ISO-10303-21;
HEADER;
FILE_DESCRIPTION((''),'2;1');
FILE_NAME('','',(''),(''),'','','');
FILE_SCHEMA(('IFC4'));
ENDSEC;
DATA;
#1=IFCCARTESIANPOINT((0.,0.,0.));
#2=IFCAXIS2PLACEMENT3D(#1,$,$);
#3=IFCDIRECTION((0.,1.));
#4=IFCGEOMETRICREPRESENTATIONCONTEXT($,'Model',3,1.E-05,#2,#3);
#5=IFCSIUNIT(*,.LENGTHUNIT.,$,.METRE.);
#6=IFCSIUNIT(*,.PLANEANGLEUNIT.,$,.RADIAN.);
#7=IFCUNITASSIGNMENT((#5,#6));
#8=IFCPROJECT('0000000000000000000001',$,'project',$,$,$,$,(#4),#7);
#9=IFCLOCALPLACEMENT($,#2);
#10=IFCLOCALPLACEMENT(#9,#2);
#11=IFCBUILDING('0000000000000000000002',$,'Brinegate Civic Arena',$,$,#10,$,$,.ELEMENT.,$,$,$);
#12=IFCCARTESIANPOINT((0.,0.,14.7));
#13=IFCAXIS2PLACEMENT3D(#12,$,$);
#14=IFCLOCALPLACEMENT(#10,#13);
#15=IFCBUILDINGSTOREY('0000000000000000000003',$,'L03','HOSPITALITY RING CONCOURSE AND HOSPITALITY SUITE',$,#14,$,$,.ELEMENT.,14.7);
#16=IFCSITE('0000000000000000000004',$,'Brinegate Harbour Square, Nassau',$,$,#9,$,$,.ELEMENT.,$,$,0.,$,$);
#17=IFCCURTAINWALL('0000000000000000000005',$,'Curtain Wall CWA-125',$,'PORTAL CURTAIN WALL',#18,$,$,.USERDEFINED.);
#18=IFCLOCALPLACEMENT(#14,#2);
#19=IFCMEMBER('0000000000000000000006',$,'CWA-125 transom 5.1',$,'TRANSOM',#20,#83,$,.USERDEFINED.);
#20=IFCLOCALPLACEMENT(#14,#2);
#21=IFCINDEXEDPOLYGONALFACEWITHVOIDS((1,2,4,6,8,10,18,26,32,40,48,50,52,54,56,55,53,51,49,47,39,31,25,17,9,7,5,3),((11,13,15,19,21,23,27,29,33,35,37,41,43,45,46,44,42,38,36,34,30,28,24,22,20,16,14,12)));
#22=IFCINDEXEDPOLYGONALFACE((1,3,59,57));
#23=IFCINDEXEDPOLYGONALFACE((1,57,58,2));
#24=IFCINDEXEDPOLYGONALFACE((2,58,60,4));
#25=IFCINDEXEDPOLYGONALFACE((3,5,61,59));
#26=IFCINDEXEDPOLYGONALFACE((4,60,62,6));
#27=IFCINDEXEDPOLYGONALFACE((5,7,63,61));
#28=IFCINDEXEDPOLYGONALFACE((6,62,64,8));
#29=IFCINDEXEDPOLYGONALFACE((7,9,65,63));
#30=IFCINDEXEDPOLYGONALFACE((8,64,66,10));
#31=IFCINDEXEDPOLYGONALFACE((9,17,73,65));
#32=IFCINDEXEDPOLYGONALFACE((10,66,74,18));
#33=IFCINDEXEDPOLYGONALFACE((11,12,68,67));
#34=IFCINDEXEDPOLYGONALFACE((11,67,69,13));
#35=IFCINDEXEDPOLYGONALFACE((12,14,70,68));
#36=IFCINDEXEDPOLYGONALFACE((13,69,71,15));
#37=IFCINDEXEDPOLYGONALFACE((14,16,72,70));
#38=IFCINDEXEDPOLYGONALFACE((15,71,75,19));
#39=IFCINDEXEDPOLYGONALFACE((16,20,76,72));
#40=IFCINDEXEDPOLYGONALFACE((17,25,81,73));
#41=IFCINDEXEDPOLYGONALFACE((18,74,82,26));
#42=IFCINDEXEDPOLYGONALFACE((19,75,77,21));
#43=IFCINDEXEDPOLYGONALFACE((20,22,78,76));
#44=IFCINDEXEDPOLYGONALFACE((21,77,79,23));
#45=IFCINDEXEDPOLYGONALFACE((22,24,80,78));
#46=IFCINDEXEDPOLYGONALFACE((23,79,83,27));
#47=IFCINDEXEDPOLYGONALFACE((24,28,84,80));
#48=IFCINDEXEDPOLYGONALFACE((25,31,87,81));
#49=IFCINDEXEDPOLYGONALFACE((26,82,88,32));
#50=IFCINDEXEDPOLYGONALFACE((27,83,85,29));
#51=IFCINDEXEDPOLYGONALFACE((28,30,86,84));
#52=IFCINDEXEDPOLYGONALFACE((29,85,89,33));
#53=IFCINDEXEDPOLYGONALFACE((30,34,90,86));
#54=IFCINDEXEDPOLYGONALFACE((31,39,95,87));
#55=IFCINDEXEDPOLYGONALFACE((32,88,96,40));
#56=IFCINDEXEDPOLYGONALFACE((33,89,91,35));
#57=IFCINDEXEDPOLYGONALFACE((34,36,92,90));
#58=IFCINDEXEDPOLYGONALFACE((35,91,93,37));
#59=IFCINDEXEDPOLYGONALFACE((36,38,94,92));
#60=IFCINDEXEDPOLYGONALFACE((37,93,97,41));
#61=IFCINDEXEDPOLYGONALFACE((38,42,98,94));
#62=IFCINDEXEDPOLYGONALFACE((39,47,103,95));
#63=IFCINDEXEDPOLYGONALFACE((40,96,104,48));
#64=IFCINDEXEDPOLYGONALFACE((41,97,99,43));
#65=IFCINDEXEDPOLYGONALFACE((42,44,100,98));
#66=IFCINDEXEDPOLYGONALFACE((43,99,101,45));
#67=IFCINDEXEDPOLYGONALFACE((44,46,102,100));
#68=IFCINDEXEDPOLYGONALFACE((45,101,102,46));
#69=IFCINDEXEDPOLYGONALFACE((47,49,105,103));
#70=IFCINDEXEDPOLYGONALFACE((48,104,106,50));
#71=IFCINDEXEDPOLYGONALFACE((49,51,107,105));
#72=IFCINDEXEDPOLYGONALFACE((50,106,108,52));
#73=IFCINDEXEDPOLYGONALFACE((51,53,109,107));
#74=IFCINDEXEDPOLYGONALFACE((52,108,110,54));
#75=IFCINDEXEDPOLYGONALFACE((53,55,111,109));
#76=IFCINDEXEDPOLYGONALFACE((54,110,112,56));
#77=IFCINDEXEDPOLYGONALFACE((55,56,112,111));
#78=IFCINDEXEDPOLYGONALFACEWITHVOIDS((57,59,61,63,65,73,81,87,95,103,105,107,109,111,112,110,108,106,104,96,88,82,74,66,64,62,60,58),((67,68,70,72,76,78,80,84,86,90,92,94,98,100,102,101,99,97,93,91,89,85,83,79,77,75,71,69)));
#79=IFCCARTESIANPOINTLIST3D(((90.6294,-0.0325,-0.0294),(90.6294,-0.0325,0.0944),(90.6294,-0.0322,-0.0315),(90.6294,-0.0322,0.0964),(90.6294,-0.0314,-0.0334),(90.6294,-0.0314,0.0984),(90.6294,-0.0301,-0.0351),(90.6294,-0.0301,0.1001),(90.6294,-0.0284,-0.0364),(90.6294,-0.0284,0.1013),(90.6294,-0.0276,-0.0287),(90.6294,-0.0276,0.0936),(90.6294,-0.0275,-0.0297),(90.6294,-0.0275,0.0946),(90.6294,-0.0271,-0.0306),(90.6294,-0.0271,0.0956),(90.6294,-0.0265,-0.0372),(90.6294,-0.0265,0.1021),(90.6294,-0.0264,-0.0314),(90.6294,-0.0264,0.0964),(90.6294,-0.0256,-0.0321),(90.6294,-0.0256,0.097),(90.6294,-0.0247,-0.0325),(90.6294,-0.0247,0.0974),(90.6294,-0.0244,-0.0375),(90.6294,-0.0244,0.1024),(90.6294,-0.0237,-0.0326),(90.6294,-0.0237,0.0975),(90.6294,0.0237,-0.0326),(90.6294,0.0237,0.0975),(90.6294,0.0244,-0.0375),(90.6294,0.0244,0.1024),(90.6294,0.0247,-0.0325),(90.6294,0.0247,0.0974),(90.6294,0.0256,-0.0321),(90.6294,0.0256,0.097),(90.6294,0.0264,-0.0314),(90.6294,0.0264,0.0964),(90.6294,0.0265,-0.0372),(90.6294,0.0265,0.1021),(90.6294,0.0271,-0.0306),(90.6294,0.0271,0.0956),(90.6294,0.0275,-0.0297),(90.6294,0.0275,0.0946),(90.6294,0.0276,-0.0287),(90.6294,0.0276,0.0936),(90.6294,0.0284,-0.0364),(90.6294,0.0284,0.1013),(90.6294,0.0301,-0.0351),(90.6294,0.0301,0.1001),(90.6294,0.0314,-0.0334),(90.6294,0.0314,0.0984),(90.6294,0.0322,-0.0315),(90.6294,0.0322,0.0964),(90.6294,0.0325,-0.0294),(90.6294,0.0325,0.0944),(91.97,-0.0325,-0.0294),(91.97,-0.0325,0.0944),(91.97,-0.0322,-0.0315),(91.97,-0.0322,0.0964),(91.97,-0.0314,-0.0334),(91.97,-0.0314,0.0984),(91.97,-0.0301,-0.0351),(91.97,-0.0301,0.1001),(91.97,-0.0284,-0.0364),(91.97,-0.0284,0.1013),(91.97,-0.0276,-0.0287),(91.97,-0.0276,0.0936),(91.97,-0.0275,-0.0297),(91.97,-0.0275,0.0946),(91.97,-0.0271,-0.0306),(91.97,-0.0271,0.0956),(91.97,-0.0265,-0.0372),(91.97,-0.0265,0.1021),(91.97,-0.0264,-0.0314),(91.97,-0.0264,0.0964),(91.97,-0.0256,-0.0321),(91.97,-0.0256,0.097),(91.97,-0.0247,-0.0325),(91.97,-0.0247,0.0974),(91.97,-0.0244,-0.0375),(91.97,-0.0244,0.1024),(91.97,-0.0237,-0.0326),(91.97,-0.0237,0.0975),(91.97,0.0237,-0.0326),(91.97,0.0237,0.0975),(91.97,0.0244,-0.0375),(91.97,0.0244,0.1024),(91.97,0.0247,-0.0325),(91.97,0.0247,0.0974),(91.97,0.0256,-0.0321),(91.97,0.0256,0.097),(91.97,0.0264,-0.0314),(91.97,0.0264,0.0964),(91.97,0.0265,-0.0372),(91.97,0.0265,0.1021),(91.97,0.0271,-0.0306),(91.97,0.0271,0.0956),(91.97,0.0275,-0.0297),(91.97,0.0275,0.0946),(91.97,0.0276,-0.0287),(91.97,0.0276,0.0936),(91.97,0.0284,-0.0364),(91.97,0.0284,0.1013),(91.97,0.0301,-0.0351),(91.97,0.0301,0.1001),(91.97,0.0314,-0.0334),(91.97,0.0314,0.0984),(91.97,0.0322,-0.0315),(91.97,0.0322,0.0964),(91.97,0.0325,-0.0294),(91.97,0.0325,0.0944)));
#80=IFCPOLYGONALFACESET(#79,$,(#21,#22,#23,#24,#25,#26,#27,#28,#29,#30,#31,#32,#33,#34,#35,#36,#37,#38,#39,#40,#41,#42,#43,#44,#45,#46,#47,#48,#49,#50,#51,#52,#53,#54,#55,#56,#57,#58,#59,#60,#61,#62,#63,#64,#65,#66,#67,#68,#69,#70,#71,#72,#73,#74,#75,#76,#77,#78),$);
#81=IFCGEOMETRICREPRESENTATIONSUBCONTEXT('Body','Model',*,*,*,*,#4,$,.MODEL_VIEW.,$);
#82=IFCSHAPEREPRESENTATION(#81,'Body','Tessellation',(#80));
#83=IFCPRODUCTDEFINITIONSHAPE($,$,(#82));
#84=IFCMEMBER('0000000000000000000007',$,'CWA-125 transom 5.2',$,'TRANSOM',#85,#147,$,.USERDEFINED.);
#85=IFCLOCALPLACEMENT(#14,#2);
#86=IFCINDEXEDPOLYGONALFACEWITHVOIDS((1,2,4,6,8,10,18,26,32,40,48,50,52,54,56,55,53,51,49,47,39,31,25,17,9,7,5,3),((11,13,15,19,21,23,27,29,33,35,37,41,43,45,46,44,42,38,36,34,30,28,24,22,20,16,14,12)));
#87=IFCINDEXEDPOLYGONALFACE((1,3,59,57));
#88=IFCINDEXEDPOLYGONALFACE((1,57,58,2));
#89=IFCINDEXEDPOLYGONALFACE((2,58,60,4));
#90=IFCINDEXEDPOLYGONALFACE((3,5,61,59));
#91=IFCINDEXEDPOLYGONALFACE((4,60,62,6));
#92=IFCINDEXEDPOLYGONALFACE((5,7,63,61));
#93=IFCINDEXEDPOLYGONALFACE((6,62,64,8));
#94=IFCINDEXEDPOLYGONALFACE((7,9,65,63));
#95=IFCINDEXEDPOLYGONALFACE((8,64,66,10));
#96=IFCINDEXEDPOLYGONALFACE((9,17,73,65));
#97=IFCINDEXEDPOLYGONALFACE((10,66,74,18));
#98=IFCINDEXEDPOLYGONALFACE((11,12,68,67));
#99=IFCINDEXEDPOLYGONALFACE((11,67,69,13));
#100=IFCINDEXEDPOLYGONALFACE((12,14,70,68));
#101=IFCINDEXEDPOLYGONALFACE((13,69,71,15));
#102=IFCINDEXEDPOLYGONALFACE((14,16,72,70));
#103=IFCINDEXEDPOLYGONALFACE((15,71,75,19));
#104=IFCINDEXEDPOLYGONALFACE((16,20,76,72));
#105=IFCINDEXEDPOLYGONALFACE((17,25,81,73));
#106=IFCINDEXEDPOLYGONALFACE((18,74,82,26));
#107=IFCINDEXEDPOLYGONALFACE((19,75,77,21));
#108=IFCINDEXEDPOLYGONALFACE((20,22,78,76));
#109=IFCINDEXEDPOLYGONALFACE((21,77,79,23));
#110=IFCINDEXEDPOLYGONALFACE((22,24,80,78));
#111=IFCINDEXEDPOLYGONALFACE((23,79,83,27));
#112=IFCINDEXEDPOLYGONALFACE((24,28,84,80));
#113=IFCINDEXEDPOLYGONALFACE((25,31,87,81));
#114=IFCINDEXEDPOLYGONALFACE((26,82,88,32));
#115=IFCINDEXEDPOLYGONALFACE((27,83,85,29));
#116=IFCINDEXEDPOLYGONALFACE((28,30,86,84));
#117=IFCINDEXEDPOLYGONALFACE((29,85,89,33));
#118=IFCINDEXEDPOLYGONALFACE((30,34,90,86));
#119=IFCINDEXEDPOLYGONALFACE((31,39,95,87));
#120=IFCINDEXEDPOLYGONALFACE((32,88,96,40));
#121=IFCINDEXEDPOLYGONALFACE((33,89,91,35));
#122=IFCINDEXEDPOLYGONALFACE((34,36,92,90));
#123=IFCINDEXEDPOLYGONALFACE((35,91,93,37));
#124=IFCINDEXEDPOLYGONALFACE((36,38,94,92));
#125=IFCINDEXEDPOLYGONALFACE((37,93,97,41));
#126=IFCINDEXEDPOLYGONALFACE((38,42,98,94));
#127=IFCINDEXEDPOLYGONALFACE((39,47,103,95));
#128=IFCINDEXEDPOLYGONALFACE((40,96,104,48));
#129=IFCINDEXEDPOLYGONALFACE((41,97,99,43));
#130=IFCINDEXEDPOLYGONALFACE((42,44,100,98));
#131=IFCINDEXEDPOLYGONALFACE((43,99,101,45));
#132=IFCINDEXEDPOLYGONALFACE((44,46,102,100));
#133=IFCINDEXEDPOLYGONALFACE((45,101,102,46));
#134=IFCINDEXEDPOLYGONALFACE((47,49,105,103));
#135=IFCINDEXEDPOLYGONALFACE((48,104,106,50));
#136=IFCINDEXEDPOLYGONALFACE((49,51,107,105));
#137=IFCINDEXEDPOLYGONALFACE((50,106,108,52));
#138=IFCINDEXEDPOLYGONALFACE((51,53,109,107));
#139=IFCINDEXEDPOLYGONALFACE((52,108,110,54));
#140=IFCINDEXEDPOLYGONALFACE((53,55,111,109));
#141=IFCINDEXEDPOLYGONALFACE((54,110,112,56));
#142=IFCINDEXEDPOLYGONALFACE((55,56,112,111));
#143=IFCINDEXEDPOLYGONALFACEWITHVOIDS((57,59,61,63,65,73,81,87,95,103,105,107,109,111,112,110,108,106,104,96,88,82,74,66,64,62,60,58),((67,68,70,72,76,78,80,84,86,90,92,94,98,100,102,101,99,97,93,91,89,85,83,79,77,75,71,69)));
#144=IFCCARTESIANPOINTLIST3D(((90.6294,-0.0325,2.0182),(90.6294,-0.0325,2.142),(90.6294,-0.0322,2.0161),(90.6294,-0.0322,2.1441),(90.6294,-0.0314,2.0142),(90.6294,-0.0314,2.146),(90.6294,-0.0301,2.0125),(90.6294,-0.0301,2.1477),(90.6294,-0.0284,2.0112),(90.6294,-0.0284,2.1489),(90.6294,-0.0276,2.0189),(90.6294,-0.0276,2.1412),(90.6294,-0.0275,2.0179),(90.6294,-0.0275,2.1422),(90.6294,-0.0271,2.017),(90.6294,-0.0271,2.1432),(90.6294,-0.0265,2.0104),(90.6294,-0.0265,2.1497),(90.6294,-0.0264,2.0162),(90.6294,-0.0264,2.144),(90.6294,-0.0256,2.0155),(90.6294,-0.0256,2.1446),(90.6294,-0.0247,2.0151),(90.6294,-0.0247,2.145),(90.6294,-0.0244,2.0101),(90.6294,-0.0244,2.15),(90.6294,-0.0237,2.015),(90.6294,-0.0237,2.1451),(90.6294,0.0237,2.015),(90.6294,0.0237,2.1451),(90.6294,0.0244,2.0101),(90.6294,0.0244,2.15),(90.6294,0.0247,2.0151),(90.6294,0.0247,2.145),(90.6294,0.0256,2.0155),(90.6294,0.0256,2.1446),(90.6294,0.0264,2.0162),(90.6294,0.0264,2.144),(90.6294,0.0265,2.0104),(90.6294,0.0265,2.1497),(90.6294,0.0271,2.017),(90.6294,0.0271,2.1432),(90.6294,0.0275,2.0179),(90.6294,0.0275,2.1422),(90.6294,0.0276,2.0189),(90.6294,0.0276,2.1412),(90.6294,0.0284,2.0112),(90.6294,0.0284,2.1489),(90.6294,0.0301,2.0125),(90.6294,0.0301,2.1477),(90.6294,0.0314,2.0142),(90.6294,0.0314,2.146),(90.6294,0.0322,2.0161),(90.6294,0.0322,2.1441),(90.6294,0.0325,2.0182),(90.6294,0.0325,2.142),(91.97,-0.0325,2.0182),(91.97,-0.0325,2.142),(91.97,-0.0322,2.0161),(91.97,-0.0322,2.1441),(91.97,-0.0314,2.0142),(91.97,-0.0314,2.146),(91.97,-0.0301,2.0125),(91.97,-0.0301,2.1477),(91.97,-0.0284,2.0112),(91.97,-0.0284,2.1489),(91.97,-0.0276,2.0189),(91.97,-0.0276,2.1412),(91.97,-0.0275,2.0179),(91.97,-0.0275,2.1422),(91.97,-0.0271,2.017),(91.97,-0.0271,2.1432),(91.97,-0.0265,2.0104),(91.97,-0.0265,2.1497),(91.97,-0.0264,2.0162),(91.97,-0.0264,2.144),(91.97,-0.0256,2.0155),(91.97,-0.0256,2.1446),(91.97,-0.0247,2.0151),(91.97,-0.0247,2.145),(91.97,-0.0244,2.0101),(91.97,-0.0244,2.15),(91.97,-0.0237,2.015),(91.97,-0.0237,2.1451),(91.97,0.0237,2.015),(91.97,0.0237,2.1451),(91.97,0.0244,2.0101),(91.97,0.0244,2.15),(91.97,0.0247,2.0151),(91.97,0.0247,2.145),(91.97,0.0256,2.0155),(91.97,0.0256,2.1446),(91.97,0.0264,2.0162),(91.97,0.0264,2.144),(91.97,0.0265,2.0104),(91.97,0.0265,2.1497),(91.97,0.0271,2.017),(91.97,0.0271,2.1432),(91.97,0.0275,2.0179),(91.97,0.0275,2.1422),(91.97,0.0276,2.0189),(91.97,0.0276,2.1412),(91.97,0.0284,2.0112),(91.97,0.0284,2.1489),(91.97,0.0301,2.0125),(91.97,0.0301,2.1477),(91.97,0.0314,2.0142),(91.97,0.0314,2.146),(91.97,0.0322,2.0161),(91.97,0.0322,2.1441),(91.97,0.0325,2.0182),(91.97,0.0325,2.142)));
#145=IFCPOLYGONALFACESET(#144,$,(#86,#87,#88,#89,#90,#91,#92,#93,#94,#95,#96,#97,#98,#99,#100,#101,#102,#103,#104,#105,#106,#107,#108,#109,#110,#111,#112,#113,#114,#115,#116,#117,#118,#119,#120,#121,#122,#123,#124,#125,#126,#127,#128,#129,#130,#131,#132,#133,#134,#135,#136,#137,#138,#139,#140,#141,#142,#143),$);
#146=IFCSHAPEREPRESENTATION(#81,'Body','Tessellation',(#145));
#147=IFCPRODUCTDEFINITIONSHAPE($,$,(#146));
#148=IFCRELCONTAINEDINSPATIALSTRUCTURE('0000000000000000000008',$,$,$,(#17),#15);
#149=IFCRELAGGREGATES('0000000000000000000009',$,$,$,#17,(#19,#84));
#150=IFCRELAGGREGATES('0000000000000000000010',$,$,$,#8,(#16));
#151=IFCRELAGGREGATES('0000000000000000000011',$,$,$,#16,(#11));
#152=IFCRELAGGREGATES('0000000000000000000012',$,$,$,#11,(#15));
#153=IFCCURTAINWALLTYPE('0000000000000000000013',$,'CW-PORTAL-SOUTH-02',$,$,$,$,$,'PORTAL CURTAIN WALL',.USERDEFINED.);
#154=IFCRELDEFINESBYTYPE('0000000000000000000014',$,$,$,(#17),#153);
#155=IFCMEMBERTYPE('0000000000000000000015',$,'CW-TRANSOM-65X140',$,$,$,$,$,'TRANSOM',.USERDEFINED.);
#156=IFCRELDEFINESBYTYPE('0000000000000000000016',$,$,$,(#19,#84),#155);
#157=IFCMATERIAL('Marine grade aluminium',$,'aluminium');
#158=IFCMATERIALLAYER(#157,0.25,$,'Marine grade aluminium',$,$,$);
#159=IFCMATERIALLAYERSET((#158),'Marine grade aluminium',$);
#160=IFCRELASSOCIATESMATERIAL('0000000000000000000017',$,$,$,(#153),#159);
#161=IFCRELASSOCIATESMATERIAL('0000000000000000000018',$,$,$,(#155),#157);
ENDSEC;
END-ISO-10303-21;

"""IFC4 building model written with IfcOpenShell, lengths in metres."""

from ifc_helpers import new_model, si_unit, direction, frame, origin, origin_2d, place, context, subcontext, project, spatial, hollow_rectangle, extrude, material, layer, layer_set, material_profile, profile_set, type_object, element, aggregate, save


model = new_model("IFC4")

# Units and contexts
model_context = context("Model", 3, precision=1e-05, world=origin(), true_north=direction((0.0, 1.0)))
body_context = subcontext(model_context, "Body", "Model", "MODEL_VIEW")
ifc_project = project(units=[si_unit("LENGTHUNIT", "METRE"), si_unit("PLANEANGLEUNIT", "RADIAN")], contexts=[model_context])

# Site, building, storey
site_placement = place(None, origin())
site = spatial("IfcSite", under=ifc_project, at=site_placement, Name="Brinegate Harbour Square, Nassau", CompositionType="ELEMENT", RefElevation=0.0)
building_placement = place(site_placement, origin())
building = spatial("IfcBuilding", under=site, at=building_placement, Name="Brinegate Civic Arena", CompositionType="ELEMENT")
storey_placement = place(building_placement, frame((0.0, 0.0, 14.7)))
storey = spatial("IfcBuildingStorey", under=building, at=storey_placement, Name="L03", Description="HOSPITALITY RING CONCOURSE AND HOSPITALITY SUITE", CompositionType="ELEMENT", Elevation=14.7)

# Curtain wall, members
ifc_material_1 = material(Name="Marine grade aluminium", Category="aluminium")
ifc_layer_1 = layer(ifc_material_1, 0.25, Name="Marine grade aluminium")
ifc_layer_set_1 = layer_set([ifc_layer_1], Name="Marine grade aluminium")
curtain_wall_type = type_object("IfcCurtainWallType", Name="CW-PORTAL-SOUTH-02", ElementType="PORTAL CURTAIN WALL", PredefinedType="USERDEFINED", material=ifc_layer_set_1)
curtain_wall_placement = place(storey_placement, origin())
curtain_wall = element("IfcCurtainWall", 1, at=curtain_wall_placement, inside=storey, type_object=curtain_wall_type, Name="Curtain Wall CWA-125", ObjectType="PORTAL CURTAIN WALL", PredefinedType="USERDEFINED")
ifc_material_profile_1 = material_profile(ifc_material_1, hollow_rectangle(XDim=0.0649, YDim=0.1399, WallThickness=0.0049, InnerFilletRadius=0.0039, OuterFilletRadius=0.0081, at=origin_2d()), Name="TRN65X140")
ifc_profile_set_1 = profile_set([ifc_material_profile_1], Name="Marine grade aluminium")
member_type_1 = type_object("IfcMemberType", Name="CW-TRANSOM-65X140", ElementType="TRANSOM", PredefinedType="USERDEFINED", material=ifc_profile_set_1)
member_1_placement = place(storey_placement, frame((90.6294, 0.0, 0.0325), z_axis=(1.0, 0.0, 0.0), x_axis=(0.0, 1.0, 0.0)))
member_1 = element("IfcMember", 2, at=member_1_placement, type_object=member_type_1, Name="CWA-125 transom 5.1", ObjectType="TRANSOM", PredefinedType="USERDEFINED", context=body_context, shape_type="SweptSolid", body=[
    extrude(hollow_rectangle(XDim=0.0649, YDim=0.1399, WallThickness=0.0049, InnerFilletRadius=0.0039, OuterFilletRadius=0.0081, at=origin_2d()), origin(), (0.0, 0.0, 1.0), 1.3406),
])
member_2_placement = place(storey_placement, frame((90.6294, 0.0, 2.0801), z_axis=(1.0, 0.0, 0.0), x_axis=(0.0, 1.0, 0.0)))
member_2 = element("IfcMember", 3, at=member_2_placement, type_object=member_type_1, Name="CWA-125 transom 5.2", ObjectType="TRANSOM", PredefinedType="USERDEFINED", context=body_context, shape_type="SweptSolid", body=[
    extrude(hollow_rectangle(XDim=0.0649, YDim=0.1399, WallThickness=0.0049, InnerFilletRadius=0.0039, OuterFilletRadius=0.0081, at=origin_2d()), origin(), (0.0, 0.0, 1.0), 1.3406),
])
aggregate(curtain_wall, [member_1, member_2])

save(model, "model.ifc")
